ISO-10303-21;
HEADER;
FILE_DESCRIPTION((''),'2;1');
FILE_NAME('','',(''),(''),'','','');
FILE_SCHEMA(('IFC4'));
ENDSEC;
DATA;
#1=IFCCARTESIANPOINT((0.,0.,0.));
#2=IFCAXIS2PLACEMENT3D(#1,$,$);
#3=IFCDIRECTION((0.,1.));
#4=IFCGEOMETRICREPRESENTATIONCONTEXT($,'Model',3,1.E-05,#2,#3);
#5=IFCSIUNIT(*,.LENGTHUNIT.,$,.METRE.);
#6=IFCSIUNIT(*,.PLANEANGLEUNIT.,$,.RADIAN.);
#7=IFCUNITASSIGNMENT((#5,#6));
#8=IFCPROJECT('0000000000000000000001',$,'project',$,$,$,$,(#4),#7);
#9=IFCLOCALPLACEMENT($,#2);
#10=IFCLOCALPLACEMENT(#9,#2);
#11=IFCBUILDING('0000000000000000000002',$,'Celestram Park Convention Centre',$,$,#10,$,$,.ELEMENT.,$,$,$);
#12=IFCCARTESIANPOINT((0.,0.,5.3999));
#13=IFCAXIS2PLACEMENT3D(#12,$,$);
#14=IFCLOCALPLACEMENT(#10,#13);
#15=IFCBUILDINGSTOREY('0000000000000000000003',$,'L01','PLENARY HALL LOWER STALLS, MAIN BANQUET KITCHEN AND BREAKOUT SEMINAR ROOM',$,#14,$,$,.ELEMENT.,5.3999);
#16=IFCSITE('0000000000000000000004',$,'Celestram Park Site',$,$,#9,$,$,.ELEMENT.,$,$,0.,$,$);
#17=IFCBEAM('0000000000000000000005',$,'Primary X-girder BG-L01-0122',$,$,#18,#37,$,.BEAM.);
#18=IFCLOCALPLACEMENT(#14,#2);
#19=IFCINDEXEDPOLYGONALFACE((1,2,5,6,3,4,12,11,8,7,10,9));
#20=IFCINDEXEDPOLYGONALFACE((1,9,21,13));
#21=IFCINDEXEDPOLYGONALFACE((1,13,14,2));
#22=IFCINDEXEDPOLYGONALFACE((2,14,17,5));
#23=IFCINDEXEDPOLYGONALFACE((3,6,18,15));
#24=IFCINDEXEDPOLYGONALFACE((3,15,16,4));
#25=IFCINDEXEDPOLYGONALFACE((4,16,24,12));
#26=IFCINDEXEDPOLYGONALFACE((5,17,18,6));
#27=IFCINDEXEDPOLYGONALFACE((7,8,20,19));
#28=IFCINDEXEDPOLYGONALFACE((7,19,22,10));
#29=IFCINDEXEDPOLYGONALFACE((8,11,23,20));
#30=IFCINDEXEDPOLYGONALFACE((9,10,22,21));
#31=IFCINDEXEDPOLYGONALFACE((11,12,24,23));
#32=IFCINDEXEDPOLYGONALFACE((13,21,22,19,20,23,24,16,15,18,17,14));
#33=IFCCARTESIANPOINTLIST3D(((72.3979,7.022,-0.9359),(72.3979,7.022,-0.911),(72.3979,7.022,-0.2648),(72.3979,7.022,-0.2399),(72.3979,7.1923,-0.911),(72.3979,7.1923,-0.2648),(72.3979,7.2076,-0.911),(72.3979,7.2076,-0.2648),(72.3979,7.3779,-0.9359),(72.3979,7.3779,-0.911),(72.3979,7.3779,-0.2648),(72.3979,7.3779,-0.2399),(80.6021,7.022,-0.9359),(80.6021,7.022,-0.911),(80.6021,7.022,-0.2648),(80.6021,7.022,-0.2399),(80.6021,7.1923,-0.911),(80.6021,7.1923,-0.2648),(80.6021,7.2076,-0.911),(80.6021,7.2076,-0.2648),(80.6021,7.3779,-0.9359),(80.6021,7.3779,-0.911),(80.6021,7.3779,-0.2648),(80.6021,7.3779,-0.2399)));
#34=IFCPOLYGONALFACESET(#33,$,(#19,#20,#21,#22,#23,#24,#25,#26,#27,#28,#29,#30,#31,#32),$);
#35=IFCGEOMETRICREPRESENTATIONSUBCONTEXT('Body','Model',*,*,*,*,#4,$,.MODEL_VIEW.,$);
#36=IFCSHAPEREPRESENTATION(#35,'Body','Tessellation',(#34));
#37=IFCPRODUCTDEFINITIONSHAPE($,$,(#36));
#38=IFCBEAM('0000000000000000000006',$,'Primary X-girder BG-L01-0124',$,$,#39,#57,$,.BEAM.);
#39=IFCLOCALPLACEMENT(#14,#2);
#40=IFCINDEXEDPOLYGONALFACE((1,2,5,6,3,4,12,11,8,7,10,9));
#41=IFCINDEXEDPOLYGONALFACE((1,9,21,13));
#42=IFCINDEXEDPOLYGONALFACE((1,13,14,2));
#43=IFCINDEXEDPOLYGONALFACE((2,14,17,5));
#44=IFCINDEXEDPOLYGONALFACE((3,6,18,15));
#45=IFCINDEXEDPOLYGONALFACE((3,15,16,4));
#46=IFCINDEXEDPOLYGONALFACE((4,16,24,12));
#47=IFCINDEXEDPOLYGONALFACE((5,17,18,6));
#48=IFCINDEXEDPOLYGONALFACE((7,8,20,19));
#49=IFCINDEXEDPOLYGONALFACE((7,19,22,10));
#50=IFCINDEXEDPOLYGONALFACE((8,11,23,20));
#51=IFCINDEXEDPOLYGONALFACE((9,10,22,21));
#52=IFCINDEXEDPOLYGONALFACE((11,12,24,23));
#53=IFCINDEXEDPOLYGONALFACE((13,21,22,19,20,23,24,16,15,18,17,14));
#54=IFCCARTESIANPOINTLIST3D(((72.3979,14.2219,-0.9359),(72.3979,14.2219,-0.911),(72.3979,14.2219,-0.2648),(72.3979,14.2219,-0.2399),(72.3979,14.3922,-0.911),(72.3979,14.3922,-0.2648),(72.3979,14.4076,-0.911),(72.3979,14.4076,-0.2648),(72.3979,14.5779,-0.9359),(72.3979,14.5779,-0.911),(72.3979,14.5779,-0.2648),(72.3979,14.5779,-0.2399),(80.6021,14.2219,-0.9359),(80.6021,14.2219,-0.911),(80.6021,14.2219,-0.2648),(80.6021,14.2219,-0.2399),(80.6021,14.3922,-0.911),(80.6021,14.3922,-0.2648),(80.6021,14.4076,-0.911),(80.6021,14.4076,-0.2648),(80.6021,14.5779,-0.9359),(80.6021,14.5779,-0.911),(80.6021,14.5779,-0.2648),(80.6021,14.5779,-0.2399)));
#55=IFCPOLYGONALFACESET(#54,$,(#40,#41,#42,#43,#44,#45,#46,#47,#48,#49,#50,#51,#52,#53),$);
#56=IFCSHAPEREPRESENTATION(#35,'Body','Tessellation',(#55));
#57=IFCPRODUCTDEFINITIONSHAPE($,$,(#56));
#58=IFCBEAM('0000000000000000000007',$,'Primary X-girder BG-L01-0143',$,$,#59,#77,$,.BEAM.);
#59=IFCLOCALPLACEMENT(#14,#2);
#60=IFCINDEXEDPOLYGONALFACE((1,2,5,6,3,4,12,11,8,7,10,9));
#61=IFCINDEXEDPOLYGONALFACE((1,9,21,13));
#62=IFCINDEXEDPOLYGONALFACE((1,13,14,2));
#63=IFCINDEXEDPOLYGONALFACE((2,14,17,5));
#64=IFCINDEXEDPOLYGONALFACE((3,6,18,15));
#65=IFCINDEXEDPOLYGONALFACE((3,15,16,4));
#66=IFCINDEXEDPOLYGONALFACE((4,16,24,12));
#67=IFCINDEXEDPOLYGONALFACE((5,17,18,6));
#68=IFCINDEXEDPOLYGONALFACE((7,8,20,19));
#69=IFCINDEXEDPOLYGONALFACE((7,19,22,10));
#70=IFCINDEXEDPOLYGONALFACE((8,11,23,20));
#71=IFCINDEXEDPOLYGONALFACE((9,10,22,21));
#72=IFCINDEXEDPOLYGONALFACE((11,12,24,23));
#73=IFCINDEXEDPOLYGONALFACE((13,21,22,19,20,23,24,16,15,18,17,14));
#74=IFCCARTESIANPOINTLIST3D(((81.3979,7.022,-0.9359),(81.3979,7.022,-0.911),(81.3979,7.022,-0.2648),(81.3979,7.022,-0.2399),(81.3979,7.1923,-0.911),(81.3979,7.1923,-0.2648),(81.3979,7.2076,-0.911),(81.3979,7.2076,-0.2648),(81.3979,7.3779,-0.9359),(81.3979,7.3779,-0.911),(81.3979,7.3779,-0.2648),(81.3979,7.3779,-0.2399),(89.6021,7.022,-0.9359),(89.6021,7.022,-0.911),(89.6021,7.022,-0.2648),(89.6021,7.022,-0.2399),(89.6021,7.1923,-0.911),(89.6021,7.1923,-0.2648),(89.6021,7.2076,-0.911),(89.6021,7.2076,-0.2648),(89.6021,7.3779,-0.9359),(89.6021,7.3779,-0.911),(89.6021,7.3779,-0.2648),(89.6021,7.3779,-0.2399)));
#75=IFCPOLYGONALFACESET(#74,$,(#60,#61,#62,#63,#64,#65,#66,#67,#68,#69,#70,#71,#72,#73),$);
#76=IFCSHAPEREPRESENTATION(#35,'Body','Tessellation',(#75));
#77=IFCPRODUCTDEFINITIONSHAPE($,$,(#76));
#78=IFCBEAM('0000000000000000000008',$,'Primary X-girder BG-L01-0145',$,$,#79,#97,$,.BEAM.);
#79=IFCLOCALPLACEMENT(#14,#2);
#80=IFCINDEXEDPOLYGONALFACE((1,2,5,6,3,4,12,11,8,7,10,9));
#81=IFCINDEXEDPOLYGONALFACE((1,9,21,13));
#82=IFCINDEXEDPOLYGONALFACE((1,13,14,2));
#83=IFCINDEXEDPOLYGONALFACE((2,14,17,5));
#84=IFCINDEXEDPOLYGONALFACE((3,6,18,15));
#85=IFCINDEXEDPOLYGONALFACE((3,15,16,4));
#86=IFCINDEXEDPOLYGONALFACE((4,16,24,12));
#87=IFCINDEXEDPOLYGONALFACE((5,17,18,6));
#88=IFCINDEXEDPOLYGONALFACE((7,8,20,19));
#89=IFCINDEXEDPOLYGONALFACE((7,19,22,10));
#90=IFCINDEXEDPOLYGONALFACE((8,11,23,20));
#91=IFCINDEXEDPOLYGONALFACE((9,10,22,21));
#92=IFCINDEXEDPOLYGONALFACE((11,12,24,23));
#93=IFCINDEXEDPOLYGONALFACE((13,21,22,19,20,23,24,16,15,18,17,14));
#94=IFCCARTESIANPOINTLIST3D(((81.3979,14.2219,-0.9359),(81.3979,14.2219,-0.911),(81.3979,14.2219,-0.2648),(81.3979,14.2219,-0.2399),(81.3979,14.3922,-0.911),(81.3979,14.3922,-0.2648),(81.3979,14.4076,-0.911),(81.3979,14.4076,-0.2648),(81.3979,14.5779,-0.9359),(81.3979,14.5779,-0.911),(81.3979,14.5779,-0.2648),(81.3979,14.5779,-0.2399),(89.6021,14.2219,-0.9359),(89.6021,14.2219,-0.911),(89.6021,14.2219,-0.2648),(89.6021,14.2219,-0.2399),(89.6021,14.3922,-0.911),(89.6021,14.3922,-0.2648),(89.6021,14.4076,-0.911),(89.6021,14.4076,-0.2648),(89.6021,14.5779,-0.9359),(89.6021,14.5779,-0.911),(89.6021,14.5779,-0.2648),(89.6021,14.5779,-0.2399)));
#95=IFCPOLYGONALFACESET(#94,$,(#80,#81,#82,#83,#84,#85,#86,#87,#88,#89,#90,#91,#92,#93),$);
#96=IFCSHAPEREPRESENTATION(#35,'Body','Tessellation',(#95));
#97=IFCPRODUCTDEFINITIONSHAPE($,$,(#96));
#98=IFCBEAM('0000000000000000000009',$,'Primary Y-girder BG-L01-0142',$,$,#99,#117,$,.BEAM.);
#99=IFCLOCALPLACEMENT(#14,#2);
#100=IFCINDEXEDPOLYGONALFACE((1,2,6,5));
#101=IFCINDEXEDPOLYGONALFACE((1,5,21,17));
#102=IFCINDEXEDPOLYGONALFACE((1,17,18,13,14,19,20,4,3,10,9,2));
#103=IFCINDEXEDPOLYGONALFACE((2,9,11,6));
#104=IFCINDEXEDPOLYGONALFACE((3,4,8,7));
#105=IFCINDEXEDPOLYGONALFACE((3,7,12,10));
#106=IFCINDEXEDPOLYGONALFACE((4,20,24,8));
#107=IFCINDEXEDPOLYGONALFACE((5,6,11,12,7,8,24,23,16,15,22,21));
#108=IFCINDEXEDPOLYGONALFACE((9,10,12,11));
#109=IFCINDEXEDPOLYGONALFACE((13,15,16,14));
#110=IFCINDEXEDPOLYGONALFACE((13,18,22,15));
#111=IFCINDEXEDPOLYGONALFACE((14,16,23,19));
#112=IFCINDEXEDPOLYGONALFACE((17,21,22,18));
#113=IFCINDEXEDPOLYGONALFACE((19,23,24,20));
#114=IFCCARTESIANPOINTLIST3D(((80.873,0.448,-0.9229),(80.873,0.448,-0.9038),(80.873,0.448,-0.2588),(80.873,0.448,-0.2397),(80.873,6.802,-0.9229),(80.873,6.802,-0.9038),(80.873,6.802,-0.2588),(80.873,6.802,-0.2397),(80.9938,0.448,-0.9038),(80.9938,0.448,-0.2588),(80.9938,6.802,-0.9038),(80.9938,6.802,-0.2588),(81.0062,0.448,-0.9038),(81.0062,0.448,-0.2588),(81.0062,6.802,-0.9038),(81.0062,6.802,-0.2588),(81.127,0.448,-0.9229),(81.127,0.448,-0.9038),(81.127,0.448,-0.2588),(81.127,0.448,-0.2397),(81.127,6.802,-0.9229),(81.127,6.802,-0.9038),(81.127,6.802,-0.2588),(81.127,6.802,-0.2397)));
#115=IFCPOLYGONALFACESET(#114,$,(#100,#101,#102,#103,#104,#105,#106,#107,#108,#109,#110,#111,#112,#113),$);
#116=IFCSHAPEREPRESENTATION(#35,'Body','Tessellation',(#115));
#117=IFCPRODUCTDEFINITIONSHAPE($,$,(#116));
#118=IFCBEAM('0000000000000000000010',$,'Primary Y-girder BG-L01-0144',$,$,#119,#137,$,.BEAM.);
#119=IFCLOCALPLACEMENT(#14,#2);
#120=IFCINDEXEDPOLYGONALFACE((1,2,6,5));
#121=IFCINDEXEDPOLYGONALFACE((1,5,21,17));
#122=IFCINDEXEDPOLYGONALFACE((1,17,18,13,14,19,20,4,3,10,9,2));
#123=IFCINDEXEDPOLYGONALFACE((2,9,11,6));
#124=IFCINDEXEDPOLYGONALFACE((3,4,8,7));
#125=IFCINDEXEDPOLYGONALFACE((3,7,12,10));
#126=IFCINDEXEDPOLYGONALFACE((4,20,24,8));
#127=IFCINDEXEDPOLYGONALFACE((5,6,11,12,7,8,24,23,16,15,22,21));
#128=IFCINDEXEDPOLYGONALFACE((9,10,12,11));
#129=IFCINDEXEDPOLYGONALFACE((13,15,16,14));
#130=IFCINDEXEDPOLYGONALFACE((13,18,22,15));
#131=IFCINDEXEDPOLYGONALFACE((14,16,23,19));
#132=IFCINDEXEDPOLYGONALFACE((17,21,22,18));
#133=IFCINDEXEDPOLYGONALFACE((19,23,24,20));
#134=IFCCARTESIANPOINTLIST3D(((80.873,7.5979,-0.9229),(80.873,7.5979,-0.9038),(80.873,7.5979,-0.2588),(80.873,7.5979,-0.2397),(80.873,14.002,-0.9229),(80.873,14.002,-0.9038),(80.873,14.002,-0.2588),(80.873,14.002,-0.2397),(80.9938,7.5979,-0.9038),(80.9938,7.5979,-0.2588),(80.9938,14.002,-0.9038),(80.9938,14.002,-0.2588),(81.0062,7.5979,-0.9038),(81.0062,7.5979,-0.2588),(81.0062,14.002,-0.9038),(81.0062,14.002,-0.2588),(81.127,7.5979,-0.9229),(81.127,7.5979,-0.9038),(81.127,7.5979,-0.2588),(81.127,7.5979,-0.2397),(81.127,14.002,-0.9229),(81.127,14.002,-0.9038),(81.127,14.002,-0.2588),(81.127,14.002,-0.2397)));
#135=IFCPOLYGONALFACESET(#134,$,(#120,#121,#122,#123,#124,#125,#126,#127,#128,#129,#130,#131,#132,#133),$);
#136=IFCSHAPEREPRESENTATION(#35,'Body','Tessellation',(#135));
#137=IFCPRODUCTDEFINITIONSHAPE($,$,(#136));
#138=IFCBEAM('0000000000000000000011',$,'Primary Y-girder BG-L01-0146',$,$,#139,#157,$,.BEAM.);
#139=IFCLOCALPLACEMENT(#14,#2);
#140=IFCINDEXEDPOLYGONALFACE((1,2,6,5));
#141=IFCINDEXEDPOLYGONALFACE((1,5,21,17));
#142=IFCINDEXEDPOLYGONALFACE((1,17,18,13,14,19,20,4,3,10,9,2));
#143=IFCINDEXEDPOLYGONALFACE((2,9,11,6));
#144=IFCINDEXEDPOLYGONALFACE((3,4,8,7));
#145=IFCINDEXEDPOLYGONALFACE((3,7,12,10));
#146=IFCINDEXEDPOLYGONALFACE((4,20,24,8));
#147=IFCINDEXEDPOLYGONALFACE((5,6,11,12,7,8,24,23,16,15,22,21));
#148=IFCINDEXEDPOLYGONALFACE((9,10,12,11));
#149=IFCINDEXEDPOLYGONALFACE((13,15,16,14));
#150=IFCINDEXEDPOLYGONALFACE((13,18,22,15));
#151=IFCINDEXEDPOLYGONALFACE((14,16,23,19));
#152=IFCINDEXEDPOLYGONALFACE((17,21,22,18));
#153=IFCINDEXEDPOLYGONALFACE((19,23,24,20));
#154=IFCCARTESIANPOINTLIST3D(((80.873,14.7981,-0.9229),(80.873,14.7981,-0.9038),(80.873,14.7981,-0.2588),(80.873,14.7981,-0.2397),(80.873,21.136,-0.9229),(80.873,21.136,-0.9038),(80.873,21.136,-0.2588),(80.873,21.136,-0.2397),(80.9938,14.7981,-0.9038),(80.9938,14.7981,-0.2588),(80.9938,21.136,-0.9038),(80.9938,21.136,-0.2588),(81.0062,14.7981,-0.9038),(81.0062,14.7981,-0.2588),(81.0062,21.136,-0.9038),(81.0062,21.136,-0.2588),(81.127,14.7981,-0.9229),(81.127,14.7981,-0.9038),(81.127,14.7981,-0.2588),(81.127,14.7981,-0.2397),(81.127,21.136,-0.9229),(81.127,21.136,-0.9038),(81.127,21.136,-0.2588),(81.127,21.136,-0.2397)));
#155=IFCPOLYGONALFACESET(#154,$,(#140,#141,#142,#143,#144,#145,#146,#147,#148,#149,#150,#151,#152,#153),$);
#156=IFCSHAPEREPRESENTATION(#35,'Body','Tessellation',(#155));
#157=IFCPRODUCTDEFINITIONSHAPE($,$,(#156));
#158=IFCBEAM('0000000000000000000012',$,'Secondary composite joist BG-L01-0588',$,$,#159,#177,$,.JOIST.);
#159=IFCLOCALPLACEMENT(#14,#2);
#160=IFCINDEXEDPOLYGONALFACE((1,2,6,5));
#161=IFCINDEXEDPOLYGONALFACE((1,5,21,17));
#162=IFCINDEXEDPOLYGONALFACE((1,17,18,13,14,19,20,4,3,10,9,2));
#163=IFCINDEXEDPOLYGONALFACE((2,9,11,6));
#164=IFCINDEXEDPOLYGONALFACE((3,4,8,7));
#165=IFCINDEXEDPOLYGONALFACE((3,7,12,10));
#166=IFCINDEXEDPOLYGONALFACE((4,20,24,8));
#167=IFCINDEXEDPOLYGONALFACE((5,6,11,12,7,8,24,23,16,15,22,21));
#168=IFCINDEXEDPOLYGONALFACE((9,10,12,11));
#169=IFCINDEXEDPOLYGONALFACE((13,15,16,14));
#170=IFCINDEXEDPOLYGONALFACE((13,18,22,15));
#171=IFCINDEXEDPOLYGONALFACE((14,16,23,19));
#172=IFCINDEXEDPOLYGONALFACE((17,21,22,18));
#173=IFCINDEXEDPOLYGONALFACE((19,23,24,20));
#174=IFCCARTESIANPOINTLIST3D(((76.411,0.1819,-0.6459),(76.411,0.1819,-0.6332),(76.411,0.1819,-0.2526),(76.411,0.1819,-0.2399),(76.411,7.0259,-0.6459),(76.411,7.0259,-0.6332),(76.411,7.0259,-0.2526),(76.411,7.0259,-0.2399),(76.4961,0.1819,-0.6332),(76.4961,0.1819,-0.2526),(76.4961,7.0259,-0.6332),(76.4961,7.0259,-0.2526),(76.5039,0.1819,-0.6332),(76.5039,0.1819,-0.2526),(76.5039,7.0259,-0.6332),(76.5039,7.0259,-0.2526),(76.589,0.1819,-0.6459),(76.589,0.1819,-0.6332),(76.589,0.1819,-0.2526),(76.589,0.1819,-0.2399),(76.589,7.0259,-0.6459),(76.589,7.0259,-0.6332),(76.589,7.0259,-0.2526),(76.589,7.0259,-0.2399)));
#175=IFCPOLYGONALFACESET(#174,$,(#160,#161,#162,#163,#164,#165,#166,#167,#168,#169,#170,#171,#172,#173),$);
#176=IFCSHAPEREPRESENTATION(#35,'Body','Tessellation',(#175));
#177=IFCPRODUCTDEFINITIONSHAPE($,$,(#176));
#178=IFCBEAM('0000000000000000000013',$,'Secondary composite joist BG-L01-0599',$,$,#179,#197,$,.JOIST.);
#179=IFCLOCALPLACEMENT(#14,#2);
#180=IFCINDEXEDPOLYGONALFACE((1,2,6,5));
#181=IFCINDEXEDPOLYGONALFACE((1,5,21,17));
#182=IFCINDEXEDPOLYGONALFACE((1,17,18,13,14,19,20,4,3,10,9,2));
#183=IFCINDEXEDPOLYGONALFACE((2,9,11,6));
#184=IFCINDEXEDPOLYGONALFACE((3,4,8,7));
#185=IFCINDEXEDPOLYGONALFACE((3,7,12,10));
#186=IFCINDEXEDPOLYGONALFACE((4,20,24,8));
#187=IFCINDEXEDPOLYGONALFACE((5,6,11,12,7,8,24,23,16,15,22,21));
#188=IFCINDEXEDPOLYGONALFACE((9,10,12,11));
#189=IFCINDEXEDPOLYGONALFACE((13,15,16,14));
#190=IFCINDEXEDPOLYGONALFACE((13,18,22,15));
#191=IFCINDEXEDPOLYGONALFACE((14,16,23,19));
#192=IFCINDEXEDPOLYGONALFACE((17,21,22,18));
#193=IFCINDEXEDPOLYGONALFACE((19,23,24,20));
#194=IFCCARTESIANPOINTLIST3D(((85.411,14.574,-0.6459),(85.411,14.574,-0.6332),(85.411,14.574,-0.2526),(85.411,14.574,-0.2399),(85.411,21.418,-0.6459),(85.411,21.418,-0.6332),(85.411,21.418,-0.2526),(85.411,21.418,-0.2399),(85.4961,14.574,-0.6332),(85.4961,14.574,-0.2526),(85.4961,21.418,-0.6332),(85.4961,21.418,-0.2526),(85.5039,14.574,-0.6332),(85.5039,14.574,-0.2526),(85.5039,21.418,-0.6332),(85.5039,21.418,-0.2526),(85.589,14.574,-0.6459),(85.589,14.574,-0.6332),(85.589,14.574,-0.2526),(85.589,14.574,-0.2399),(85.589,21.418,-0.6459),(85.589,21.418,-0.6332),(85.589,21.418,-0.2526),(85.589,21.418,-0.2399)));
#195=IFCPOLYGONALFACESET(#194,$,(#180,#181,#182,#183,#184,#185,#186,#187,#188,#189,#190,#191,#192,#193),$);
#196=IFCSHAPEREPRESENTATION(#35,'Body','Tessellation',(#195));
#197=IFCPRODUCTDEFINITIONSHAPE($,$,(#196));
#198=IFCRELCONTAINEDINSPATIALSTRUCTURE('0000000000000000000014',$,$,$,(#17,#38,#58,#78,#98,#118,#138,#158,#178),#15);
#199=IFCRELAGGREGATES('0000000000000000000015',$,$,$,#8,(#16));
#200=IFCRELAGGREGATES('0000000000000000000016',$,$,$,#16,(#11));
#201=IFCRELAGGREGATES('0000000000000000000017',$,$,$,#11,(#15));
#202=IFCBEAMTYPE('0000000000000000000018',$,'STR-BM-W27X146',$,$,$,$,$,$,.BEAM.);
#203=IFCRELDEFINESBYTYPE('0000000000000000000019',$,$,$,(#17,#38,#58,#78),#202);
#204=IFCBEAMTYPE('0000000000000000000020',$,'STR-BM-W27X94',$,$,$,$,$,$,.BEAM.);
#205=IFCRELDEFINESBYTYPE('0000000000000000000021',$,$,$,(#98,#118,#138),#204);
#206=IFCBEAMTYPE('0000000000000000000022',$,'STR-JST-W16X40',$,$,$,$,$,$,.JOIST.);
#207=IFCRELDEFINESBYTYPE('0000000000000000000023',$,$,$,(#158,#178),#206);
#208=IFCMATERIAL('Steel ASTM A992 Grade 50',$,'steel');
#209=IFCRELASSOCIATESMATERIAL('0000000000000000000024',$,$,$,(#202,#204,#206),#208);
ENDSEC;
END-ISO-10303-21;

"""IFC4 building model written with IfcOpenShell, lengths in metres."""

from ifc_helpers import new_model, si_unit, direction, frame, origin, origin_2d, place, context, subcontext, project, spatial, i_section, extrude, material, material_profile, profile_set, type_object, element, save


model = new_model("IFC4")

# Units and contexts
model_context = context("Model", 3, precision=1e-05, world=origin(), true_north=direction((0.0, 1.0)))
body_context = subcontext(model_context, "Body", "Model", "MODEL_VIEW")
ifc_project = project(units=[si_unit("LENGTHUNIT", "METRE"), si_unit("PLANEANGLEUNIT", "RADIAN")], contexts=[model_context])

# Site, building, storey
site_placement = place(None, origin())
site = spatial("IfcSite", under=ifc_project, at=site_placement, Name="Celestram Park Site", CompositionType="ELEMENT", RefElevation=0.0)
building_placement = place(site_placement, origin())
building = spatial("IfcBuilding", under=site, at=building_placement, Name="Celestram Park Convention Centre", CompositionType="ELEMENT")
storey_placement = place(building_placement, frame((0.0, 0.0, 5.3999)))
storey = spatial("IfcBuildingStorey", under=building, at=storey_placement, Name="L01", Description="PLENARY HALL LOWER STALLS, MAIN BANQUET KITCHEN AND BREAKOUT SEMINAR ROOM", CompositionType="ELEMENT", Elevation=5.3999)

# Beams
ifc_material_1 = material(Name="Steel ASTM A992 Grade 50", Category="steel")
ifc_material_profile_1 = material_profile(ifc_material_1, i_section(OverallWidth=0.356, OverallDepth=0.696, WebThickness=0.0154, FlangeThickness=0.0249, at=origin_2d()), Name="W27X146")
ifc_profile_set_1 = profile_set([ifc_material_profile_1], Name="Steel ASTM A992 Grade 50")
beam_type_1 = type_object("IfcBeamType", Name="STR-BM-W27X146", PredefinedType="BEAM", material=ifc_profile_set_1)
for number, where, z_axis, x_axis, name in (
    (1, (72.3979, 7.2, -0.5879), (1.0, 0.0, 0.0), (0.0, 1.0, 0.0), "Primary X-girder BG-L01-0122"),
    (2, (72.3979, 14.3999, -0.5879), (1.0, 0.0, 0.0), (0.0, 1.0, 0.0), "Primary X-girder BG-L01-0124"),
    (3, (81.3979, 7.2, -0.5879), (1.0, 0.0, 0.0), (0.0, 1.0, 0.0), "Primary X-girder BG-L01-0143"),
    (4, (81.3979, 14.3999, -0.5879), (1.0, 0.0, 0.0), (0.0, 1.0, 0.0), "Primary X-girder BG-L01-0145"),
):
    element("IfcBeam", number, at=place(storey_placement, frame(where, z_axis=z_axis, x_axis=x_axis)), inside=storey, type_object=beam_type_1, Name=name, PredefinedType="BEAM", context=body_context, shape_type="SweptSolid", body=[
        extrude(i_section(OverallWidth=0.356, OverallDepth=0.696, WebThickness=0.0154, FlangeThickness=0.0249, at=origin_2d()), origin(), (0.0, 0.0, 1.0), 8.2041),
    ])
ifc_material_profile_2 = material_profile(ifc_material_1, i_section(OverallWidth=0.2539, OverallDepth=0.6831, WebThickness=0.0125, FlangeThickness=0.019, at=origin_2d()), Name="W27X94")
ifc_profile_set_2 = profile_set([ifc_material_profile_2], Name="Steel ASTM A992 Grade 50")
beam_type_2 = type_object("IfcBeamType", Name="STR-BM-W27X94", PredefinedType="BEAM", material=ifc_profile_set_2)
beam_1_placement = place(storey_placement, frame((81.0, 0.448, -0.5813), z_axis=(0.0, 1.0, 0.0), x_axis=(-1.0, 0.0, 0.0)))
element("IfcBeam", 5, at=beam_1_placement, inside=storey, type_object=beam_type_2, Name="Primary Y-girder BG-L01-0142", PredefinedType="BEAM", context=body_context, shape_type="SweptSolid", body=[
    extrude(i_section(OverallWidth=0.2539, OverallDepth=0.6831, WebThickness=0.0125, FlangeThickness=0.019, at=origin_2d()), origin(), (0.0, 0.0, 1.0), 6.354),
])
beam_2_placement = place(storey_placement, frame((81.0, 7.5979, -0.5813), z_axis=(0.0, 1.0, 0.0), x_axis=(-1.0, 0.0, 0.0)))
element("IfcBeam", 6, at=beam_2_placement, inside=storey, type_object=beam_type_2, Name="Primary Y-girder BG-L01-0144", PredefinedType="BEAM", context=body_context, shape_type="SweptSolid", body=[
    extrude(i_section(OverallWidth=0.2539, OverallDepth=0.6831, WebThickness=0.0125, FlangeThickness=0.019, at=origin_2d()), origin(), (0.0, 0.0, 1.0), 6.4041),
])
beam_3_placement = place(storey_placement, frame((81.0, 14.7981, -0.5813), z_axis=(0.0, 1.0, 0.0), x_axis=(-1.0, 0.0, 0.0)))
element("IfcBeam", 7, at=beam_3_placement, inside=storey, type_object=beam_type_2, Name="Primary Y-girder BG-L01-0146", PredefinedType="BEAM", context=body_context, shape_type="SweptSolid", body=[
    extrude(i_section(OverallWidth=0.2539, OverallDepth=0.6831, WebThickness=0.0125, FlangeThickness=0.019, at=origin_2d()), origin(), (0.0, 0.0, 1.0), 6.3379),
])
ifc_material_profile_3 = material_profile(ifc_material_1, i_section(OverallWidth=0.178, OverallDepth=0.406, WebThickness=0.0078, FlangeThickness=0.0127, at=origin_2d()), Name="W16X40")
ifc_profile_set_3 = profile_set([ifc_material_profile_3], Name="Steel ASTM A992 Grade 50")
beam_type_3 = type_object("IfcBeamType", Name="STR-JST-W16X40", PredefinedType="JOIST", material=ifc_profile_set_3)
for number, where, z_axis, x_axis, name in (
    (8, (76.5, 0.1819, -0.4429), (0.0, 1.0, 0.0), (-1.0, 0.0, 0.0), "Secondary composite joist BG-L01-0588"),
    (9, (85.5, 14.574, -0.4429), (0.0, 1.0, 0.0), (-1.0, 0.0, 0.0), "Secondary composite joist BG-L01-0599"),
):
    element("IfcBeam", number, at=place(storey_placement, frame(where, z_axis=z_axis, x_axis=x_axis)), inside=storey, type_object=beam_type_3, Name=name, PredefinedType="JOIST", context=body_context, shape_type="SweptSolid", body=[
        extrude(i_section(OverallWidth=0.178, OverallDepth=0.406, WebThickness=0.0078, FlangeThickness=0.0127, at=origin_2d()), origin(), (0.0, 0.0, 1.0), 6.844),
    ])

save(model, "model.ifc")
